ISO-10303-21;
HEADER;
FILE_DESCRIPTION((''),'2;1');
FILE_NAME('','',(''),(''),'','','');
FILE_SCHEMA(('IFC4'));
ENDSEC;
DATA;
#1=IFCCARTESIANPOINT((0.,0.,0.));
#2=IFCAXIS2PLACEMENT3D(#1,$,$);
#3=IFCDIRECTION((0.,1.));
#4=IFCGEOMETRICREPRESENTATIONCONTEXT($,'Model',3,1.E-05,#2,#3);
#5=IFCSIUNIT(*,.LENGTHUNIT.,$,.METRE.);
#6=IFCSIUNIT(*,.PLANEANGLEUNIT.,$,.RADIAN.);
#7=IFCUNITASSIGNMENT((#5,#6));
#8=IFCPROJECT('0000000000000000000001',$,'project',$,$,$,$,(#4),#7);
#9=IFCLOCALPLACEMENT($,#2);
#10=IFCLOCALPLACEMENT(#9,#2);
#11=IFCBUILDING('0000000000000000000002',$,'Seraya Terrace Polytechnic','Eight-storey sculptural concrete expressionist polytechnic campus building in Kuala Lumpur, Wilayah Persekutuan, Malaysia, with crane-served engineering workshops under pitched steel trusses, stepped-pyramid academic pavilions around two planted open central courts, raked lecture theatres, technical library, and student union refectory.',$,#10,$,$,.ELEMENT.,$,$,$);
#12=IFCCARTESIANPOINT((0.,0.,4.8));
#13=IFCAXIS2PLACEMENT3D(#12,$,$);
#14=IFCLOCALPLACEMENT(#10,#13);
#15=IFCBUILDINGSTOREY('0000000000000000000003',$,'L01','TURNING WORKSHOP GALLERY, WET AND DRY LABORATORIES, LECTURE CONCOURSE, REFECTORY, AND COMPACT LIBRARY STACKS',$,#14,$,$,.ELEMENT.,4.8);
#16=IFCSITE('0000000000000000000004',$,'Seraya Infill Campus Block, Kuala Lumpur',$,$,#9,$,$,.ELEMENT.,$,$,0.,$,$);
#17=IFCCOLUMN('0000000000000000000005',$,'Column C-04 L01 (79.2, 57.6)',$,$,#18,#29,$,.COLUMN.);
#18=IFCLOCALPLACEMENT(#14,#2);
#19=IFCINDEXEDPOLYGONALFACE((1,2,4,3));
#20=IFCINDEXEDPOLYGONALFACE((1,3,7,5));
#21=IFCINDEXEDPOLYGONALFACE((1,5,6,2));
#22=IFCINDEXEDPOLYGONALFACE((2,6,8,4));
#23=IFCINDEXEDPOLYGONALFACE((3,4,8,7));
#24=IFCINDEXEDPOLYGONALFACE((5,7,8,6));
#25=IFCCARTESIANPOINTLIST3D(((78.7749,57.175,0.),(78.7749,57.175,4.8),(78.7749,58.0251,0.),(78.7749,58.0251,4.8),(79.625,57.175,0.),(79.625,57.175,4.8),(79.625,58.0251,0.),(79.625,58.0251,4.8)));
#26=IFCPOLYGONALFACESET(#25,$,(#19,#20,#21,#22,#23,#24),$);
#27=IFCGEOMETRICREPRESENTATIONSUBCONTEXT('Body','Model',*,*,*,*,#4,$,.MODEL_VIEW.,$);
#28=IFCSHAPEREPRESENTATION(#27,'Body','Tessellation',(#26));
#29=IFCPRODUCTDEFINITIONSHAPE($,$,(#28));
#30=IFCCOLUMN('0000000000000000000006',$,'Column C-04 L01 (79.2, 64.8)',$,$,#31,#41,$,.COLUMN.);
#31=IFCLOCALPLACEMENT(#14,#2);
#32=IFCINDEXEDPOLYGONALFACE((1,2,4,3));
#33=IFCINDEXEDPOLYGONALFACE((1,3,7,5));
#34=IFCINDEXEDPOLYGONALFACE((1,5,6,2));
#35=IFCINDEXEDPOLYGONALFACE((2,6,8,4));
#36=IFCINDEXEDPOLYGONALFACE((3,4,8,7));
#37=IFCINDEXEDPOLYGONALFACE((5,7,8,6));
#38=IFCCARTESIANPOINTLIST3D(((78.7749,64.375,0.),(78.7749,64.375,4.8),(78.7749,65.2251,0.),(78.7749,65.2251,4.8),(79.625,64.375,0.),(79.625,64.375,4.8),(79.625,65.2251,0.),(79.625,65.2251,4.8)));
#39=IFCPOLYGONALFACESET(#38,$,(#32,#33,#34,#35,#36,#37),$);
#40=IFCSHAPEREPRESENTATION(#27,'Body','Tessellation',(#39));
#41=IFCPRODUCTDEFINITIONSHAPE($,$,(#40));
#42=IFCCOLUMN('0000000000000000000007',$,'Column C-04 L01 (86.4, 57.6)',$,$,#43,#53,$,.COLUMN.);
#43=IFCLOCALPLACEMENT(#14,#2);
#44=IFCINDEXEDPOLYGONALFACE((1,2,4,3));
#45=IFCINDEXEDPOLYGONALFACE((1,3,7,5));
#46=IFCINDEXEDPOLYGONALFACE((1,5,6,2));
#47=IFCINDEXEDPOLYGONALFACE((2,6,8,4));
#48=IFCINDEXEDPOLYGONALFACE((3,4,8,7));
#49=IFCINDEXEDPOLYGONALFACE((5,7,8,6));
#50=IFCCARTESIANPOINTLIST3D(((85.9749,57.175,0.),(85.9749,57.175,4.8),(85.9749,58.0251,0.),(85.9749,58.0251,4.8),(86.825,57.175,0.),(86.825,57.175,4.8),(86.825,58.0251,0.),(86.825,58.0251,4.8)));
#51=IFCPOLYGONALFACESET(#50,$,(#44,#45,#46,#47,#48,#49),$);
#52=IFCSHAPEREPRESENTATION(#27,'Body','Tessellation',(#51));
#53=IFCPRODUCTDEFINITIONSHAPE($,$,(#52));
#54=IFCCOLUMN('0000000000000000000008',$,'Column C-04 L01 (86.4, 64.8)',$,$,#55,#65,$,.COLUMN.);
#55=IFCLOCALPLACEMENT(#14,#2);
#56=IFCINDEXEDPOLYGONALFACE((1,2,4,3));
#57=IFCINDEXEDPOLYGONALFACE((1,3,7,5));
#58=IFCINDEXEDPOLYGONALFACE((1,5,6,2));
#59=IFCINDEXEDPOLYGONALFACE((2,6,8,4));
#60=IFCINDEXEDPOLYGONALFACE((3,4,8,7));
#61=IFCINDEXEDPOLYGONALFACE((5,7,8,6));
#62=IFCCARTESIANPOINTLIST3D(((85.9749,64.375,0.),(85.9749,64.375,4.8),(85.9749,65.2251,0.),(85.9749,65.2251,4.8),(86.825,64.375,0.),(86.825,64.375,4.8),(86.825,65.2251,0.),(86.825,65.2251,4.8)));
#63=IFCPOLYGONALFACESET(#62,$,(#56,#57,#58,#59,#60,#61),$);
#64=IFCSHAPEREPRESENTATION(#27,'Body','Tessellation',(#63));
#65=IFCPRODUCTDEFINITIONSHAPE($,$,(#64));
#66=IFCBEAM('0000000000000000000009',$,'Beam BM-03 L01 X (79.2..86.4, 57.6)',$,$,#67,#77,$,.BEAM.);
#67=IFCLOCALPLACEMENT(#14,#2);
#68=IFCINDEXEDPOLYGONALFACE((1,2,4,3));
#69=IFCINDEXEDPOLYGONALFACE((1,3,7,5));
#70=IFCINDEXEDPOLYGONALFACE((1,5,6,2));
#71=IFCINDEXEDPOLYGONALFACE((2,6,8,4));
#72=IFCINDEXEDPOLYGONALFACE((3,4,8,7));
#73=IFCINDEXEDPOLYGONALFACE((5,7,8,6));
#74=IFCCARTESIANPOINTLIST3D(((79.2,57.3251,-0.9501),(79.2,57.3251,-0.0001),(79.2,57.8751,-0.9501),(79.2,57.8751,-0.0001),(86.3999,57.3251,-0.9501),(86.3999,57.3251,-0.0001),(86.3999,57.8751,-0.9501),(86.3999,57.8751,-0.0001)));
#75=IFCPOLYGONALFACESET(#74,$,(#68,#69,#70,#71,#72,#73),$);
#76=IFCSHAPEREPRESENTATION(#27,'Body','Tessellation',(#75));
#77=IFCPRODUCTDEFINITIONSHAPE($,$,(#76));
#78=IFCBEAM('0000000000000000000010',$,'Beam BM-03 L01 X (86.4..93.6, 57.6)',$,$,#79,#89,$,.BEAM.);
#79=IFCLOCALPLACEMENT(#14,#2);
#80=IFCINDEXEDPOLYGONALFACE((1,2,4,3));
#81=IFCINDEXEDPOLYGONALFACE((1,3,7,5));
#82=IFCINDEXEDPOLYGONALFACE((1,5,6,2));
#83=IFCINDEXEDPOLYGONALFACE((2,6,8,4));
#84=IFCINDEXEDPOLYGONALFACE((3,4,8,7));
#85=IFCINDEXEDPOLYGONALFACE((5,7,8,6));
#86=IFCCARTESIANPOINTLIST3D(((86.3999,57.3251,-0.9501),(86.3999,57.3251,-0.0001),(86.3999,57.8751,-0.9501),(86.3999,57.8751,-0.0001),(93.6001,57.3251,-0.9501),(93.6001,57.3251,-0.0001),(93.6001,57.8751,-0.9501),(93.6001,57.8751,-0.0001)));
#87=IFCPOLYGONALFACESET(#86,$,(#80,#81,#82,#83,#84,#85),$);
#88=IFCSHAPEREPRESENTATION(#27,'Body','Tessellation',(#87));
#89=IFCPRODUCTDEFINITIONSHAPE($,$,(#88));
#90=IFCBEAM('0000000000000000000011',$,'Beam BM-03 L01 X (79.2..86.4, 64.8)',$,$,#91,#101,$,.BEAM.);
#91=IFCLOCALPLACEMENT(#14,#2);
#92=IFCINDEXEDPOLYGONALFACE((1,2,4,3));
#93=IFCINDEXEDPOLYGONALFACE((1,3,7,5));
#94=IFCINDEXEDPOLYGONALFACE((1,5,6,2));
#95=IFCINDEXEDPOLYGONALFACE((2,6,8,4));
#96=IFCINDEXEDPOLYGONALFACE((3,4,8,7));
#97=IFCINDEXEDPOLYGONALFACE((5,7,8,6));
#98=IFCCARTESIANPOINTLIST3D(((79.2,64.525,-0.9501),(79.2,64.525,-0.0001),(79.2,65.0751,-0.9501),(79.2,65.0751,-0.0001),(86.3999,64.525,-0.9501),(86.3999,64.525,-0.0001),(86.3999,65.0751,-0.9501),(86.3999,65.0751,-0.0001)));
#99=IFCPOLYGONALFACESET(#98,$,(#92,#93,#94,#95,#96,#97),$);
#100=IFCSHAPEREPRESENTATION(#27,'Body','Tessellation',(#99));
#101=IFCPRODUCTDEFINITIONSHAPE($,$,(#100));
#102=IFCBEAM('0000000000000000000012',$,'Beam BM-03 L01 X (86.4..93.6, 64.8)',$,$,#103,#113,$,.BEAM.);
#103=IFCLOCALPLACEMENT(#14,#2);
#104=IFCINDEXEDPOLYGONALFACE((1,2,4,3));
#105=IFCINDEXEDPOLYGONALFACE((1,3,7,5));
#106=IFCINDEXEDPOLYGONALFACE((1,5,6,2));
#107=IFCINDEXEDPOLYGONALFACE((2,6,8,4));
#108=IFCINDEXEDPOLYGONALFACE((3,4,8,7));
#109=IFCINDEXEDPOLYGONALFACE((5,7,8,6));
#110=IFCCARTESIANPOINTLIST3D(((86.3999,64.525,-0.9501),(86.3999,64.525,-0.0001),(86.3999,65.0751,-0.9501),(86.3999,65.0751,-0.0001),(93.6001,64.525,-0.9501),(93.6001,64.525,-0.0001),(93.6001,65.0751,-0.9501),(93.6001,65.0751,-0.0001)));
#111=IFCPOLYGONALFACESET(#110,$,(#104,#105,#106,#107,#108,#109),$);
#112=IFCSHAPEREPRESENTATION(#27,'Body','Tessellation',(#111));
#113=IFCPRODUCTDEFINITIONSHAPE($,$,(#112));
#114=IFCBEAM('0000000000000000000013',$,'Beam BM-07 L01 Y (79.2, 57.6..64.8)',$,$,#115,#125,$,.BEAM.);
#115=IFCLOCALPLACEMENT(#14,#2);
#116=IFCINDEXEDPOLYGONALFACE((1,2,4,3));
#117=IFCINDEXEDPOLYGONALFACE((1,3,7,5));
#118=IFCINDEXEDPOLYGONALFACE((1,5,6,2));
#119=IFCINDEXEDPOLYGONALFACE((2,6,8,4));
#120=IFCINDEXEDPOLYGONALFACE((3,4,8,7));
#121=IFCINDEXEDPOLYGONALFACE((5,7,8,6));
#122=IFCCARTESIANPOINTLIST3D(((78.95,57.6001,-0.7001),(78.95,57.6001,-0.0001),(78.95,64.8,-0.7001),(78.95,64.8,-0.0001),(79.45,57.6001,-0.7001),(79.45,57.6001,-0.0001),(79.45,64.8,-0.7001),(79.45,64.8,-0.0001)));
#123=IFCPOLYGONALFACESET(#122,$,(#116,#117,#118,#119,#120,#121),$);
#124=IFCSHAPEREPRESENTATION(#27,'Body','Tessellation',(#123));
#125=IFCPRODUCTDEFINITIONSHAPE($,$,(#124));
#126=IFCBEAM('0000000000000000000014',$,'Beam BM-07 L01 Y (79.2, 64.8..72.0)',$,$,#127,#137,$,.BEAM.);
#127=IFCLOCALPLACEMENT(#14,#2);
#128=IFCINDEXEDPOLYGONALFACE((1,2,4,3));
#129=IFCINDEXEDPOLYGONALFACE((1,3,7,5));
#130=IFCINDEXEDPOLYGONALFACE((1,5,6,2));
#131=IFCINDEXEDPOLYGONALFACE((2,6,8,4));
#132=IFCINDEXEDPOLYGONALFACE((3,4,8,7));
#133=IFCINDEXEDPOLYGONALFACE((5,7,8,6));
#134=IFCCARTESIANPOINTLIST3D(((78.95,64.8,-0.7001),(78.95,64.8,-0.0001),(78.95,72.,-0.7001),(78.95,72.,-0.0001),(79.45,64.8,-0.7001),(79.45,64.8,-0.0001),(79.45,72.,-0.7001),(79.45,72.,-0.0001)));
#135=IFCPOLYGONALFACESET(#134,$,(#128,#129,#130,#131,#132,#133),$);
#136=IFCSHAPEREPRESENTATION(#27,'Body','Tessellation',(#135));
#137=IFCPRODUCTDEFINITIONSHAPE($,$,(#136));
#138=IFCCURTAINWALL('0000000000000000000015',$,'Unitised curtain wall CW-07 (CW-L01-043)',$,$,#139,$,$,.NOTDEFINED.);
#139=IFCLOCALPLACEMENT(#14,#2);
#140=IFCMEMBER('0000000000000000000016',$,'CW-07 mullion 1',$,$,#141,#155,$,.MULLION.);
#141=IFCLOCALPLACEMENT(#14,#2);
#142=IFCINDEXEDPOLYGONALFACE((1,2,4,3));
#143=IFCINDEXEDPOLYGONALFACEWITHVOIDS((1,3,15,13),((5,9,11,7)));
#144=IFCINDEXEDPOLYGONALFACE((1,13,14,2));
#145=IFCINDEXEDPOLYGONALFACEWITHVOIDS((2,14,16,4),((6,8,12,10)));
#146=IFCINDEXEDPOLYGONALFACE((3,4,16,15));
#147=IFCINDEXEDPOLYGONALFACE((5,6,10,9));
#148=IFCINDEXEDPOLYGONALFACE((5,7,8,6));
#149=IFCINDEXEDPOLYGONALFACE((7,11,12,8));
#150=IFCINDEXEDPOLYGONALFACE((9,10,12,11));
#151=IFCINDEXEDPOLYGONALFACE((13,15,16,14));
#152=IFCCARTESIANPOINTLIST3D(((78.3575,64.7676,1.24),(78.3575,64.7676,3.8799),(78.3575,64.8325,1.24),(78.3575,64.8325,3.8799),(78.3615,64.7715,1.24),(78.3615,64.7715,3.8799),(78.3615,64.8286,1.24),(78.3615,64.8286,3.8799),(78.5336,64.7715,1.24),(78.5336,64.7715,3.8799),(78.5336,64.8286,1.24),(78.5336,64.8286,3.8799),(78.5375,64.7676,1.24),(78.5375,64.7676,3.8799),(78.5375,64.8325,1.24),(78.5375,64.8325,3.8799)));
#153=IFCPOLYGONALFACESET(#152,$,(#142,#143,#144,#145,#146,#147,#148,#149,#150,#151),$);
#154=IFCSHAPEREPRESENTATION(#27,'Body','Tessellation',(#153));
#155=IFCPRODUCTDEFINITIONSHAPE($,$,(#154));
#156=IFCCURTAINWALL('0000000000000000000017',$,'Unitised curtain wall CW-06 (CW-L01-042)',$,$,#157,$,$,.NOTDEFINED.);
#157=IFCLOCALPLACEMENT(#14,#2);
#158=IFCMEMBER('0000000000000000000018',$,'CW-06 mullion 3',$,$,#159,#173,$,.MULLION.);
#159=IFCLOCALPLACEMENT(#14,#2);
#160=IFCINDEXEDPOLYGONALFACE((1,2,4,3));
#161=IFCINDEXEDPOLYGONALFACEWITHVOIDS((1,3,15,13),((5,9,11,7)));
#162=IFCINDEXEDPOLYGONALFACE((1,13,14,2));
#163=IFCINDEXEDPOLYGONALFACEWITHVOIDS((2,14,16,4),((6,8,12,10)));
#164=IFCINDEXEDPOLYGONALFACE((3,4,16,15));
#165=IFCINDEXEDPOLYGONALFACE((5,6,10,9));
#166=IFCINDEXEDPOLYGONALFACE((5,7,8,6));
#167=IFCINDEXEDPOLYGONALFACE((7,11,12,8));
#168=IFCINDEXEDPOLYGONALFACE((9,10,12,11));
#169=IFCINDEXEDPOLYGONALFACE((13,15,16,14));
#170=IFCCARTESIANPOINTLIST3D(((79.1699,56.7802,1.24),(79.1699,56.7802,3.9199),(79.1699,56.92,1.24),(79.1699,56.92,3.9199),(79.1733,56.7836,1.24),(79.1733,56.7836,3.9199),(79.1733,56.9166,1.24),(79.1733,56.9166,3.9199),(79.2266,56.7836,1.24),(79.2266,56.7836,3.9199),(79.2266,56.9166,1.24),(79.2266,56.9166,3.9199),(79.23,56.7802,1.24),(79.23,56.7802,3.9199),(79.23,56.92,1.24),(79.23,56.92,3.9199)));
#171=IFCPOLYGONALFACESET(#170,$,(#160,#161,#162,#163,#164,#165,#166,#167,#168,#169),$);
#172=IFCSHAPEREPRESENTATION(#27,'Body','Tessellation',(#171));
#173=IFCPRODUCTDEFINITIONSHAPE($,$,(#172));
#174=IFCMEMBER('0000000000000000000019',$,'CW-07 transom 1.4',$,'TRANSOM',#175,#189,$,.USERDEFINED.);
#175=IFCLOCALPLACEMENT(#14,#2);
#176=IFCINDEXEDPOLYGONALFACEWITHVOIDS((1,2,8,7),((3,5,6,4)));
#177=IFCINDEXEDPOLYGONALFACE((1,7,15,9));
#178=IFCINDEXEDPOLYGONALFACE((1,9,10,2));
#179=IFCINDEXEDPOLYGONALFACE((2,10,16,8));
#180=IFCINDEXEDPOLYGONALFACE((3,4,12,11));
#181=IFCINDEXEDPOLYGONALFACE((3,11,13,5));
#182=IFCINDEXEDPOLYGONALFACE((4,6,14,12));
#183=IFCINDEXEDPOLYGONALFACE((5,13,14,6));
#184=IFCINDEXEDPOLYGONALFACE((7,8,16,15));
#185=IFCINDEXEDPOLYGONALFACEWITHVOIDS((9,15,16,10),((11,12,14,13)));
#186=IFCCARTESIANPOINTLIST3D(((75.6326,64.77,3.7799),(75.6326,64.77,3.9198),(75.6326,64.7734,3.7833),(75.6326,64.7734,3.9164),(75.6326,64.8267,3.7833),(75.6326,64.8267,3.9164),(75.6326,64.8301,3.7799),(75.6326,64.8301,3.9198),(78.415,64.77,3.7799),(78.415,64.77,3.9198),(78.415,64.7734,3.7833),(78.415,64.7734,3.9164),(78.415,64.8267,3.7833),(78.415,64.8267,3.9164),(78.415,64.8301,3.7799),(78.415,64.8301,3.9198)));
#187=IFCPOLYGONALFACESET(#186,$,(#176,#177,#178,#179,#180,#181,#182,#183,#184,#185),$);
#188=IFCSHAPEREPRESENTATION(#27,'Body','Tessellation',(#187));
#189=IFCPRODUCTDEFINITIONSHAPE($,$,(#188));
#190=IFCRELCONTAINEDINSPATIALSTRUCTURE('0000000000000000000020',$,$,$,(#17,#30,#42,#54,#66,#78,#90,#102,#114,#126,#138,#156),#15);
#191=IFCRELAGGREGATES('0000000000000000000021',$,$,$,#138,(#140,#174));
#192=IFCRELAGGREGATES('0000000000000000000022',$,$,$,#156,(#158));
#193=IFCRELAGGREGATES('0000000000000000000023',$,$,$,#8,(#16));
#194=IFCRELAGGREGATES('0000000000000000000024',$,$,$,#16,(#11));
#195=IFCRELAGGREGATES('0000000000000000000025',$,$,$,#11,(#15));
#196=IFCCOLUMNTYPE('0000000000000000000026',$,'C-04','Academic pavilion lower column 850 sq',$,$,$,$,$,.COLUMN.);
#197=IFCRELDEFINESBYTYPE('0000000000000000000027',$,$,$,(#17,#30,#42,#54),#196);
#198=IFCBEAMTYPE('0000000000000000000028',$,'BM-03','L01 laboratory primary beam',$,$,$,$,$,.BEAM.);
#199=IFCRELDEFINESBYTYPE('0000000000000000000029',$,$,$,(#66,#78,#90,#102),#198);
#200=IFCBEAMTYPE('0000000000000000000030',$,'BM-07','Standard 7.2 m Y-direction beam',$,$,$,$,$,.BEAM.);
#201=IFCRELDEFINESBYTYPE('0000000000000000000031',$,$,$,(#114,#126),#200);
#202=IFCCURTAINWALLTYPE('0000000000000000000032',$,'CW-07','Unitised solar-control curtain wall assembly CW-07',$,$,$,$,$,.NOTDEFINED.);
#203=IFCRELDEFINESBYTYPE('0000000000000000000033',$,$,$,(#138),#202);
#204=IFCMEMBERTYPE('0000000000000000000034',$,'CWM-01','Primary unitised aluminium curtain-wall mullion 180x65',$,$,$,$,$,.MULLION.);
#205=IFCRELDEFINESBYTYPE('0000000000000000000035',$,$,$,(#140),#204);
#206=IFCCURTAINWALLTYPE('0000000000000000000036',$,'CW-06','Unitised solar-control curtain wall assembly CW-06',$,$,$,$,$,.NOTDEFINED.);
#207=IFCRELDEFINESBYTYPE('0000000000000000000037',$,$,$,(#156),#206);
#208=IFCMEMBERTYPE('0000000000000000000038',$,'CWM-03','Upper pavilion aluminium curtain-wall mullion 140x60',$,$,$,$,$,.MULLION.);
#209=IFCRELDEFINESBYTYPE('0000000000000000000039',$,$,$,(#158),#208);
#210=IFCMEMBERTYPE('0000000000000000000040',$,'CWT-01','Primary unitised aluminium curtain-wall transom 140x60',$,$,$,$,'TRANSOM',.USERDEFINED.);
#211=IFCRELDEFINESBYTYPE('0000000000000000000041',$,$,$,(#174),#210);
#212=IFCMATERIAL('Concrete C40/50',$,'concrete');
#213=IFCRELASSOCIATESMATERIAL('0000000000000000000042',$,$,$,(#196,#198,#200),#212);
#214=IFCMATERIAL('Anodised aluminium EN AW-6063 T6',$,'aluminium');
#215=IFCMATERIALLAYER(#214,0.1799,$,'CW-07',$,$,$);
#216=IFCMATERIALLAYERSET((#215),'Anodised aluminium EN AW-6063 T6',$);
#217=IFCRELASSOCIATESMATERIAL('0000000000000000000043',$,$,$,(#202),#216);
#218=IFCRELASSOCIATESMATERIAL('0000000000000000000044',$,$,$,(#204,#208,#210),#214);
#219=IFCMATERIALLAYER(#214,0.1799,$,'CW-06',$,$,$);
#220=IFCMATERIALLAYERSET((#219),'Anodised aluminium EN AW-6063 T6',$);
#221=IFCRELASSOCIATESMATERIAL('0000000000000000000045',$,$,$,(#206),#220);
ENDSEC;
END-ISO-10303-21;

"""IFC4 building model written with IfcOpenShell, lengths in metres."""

from ifc_helpers import new_model, si_unit, direction, frame, origin, origin_2d, place, context, subcontext, project, spatial, rectangle, hollow_rectangle, extrude, material, layer, layer_set, material_profile, profile_set, type_object, element, aggregate, save


model = new_model("IFC4")

# Units and contexts
model_context = context("Model", 3, precision=1e-05, world=origin(), true_north=direction((0.0, 1.0)))
body_context = subcontext(model_context, "Body", "Model", "MODEL_VIEW")
ifc_project = project(units=[si_unit("LENGTHUNIT", "METRE"), si_unit("PLANEANGLEUNIT", "RADIAN")], contexts=[model_context])

# Site, building, storey
site_placement = place(None, origin())
site = spatial("IfcSite", under=ifc_project, at=site_placement, Name="Seraya Infill Campus Block, Kuala Lumpur", CompositionType="ELEMENT", RefElevation=0.0)
building_placement = place(site_placement, origin())
building = spatial("IfcBuilding", under=site, at=building_placement, Name="Seraya Terrace Polytechnic", Description="Eight-storey sculptural concrete expressionist polytechnic campus building in Kuala Lumpur, Wilayah Persekutuan, Malaysia, with crane-served engineering workshops under pitched steel trusses, stepped-pyramid academic pavilions around two planted open central courts, raked lecture theatres, technical library, and student union refectory.", CompositionType="ELEMENT")
storey_placement = place(building_placement, frame((0.0, 0.0, 4.8)))
storey = spatial("IfcBuildingStorey", under=building, at=storey_placement, Name="L01", Description="TURNING WORKSHOP GALLERY, WET AND DRY LABORATORIES, LECTURE CONCOURSE, REFECTORY, AND COMPACT LIBRARY STACKS", CompositionType="ELEMENT", Elevation=4.8)

# Columns
ifc_material_1 = material(Name="Concrete C40/50", Category="concrete")
ifc_material_profile_1 = material_profile(ifc_material_1, rectangle(XDim=0.8501, YDim=0.8501, at=origin_2d()), Name="RC 850x850")
ifc_profile_set_1 = profile_set([ifc_material_profile_1], Name="Concrete C40/50")
column_type = type_object("IfcColumnType", Name="C-04", Description="Academic pavilion lower column 850 sq", PredefinedType="COLUMN", material=ifc_profile_set_1)
for number, where, z_axis, x_axis, name in (
    (1, (79.2, 57.6001, 0.0), (0.0, 0.0, 1.0), (1.0, 0.0, 0.0), "Column C-04 L01 (79.2, 57.6)"),
    (2, (79.2, 64.8, 0.0), (0.0, 0.0, 1.0), (1.0, 0.0, 0.0), "Column C-04 L01 (79.2, 64.8)"),
    (3, (86.3999, 57.6001, 0.0), (0.0, 0.0, 1.0), (1.0, 0.0, 0.0), "Column C-04 L01 (86.4, 57.6)"),
    (4, (86.3999, 64.8, 0.0), (0.0, 0.0, 1.0), (1.0, 0.0, 0.0), "Column C-04 L01 (86.4, 64.8)"),
):
    element("IfcColumn", number, at=place(storey_placement, frame(where, z_axis=z_axis, x_axis=x_axis)), inside=storey, type_object=column_type, Name=name, PredefinedType="COLUMN", context=body_context, shape_type="SweptSolid", body=[
        extrude(rectangle(XDim=0.8501, YDim=0.8501, at=origin_2d()), origin(), (0.0, 0.0, 1.0), 4.8),
    ])

# Beams
ifc_material_profile_2 = material_profile(ifc_material_1, rectangle(XDim=0.55, YDim=0.95, at=origin_2d()), Name="RC 550x950")
ifc_profile_set_2 = profile_set([ifc_material_profile_2], Name="Concrete C40/50")
beam_type_1 = type_object("IfcBeamType", Name="BM-03", Description="L01 laboratory primary beam", PredefinedType="BEAM", material=ifc_profile_set_2)
beam_1_placement = place(storey_placement, frame((79.2, 57.6001, -0.4751), z_axis=(1.0, 0.0, 0.0), x_axis=(0.0, 1.0, 0.0)))
element("IfcBeam", 5, at=beam_1_placement, inside=storey, type_object=beam_type_1, Name="Beam BM-03 L01 X (79.2..86.4, 57.6)", PredefinedType="BEAM", context=body_context, shape_type="SweptSolid", body=[
    extrude(rectangle(XDim=0.55, YDim=0.95, at=origin_2d()), origin(), (0.0, 0.0, 1.0), 7.2),
])
beam_2_placement = place(storey_placement, frame((86.3999, 57.6001, -0.4751), z_axis=(1.0, 0.0, 0.0), x_axis=(0.0, 1.0, 0.0)))
element("IfcBeam", 6, at=beam_2_placement, inside=storey, type_object=beam_type_1, Name="Beam BM-03 L01 X (86.4..93.6, 57.6)", PredefinedType="BEAM", context=body_context, shape_type="SweptSolid", body=[
    extrude(rectangle(XDim=0.55, YDim=0.95, at=origin_2d()), origin(), (0.0, 0.0, 1.0), 7.2002),
])
beam_3_placement = place(storey_placement, frame((79.2, 64.8, -0.4751), z_axis=(1.0, 0.0, 0.0), x_axis=(0.0, 1.0, 0.0)))
element("IfcBeam", 7, at=beam_3_placement, inside=storey, type_object=beam_type_1, Name="Beam BM-03 L01 X (79.2..86.4, 64.8)", PredefinedType="BEAM", context=body_context, shape_type="SweptSolid", body=[
    extrude(rectangle(XDim=0.55, YDim=0.95, at=origin_2d()), origin(), (0.0, 0.0, 1.0), 7.2),
])
beam_4_placement = place(storey_placement, frame((86.3999, 64.8, -0.4751), z_axis=(1.0, 0.0, 0.0), x_axis=(0.0, 1.0, 0.0)))
element("IfcBeam", 8, at=beam_4_placement, inside=storey, type_object=beam_type_1, Name="Beam BM-03 L01 X (86.4..93.6, 64.8)", PredefinedType="BEAM", context=body_context, shape_type="SweptSolid", body=[
    extrude(rectangle(XDim=0.55, YDim=0.95, at=origin_2d()), origin(), (0.0, 0.0, 1.0), 7.2002),
])
ifc_material_profile_3 = material_profile(ifc_material_1, rectangle(XDim=0.5, YDim=0.7, at=origin_2d()), Name="RC 500x700")
ifc_profile_set_3 = profile_set([ifc_material_profile_3], Name="Concrete C40/50")
beam_type_2 = type_object("IfcBeamType", Name="BM-07", Description="Standard 7.2 m Y-direction beam", PredefinedType="BEAM", material=ifc_profile_set_3)
for number, where, z_axis, x_axis, name in (
    (9, (79.2, 57.6001, -0.3501), (0.0, 1.0, 0.0), (-1.0, 0.0, 0.0), "Beam BM-07 L01 Y (79.2, 57.6..64.8)"),
    (10, (79.2, 64.8, -0.3501), (0.0, 1.0, 0.0), (-1.0, 0.0, 0.0), "Beam BM-07 L01 Y (79.2, 64.8..72.0)"),
):
    element("IfcBeam", number, at=place(storey_placement, frame(where, z_axis=z_axis, x_axis=x_axis)), inside=storey, type_object=beam_type_2, Name=name, PredefinedType="BEAM", context=body_context, shape_type="SweptSolid", body=[
        extrude(rectangle(XDim=0.5, YDim=0.7, at=origin_2d()), origin(), (0.0, 0.0, 1.0), 7.2),
    ])

# Curtain walls, members
ifc_material_2 = material(Name="Anodised aluminium EN AW-6063 T6", Category="aluminium")
ifc_layer_1 = layer(ifc_material_2, 0.1799, Name="CW-07")
ifc_layer_set_1 = layer_set([ifc_layer_1], Name="Anodised aluminium EN AW-6063 T6")
curtain_wall_type_1 = type_object("IfcCurtainWallType", Name="CW-07", Description="Unitised solar-control curtain wall assembly CW-07", PredefinedType="NOTDEFINED", material=ifc_layer_set_1)
curtain_wall_1_placement = place(storey_placement, origin())
curtain_wall_1 = element("IfcCurtainWall", 11, at=curtain_wall_1_placement, inside=storey, type_object=curtain_wall_type_1, Name="Unitised curtain wall CW-07 (CW-L01-043)", PredefinedType="NOTDEFINED")
ifc_material_profile_4 = material_profile(ifc_material_2, hollow_rectangle(XDim=0.0649, YDim=0.1799, WallThickness=0.0039, at=origin_2d()), Name="RHS 180x65x4.0")
ifc_profile_set_4 = profile_set([ifc_material_profile_4], Name="Anodised aluminium EN AW-6063 T6")
member_type_1 = type_object("IfcMemberType", Name="CWM-01", Description="Primary unitised aluminium curtain-wall mullion 180x65", PredefinedType="MULLION", material=ifc_profile_set_4)
member_1_placement = place(storey_placement, frame((78.4475, 64.8, 1.24), z_axis=(0.0, 0.0, 1.0), x_axis=(0.0, -1.0, 0.0)))
member_1 = element("IfcMember", 12, at=member_1_placement, type_object=member_type_1, Name="CW-07 mullion 1", PredefinedType="MULLION", context=body_context, shape_type="SweptSolid", body=[
    extrude(hollow_rectangle(XDim=0.0649, YDim=0.1799, WallThickness=0.0039, at=origin_2d()), origin(), (0.0, 0.0, 1.0), 2.6399),
])
ifc_layer_2 = layer(ifc_material_2, 0.1799, Name="CW-06")
ifc_layer_set_2 = layer_set([ifc_layer_2], Name="Anodised aluminium EN AW-6063 T6")
curtain_wall_type_2 = type_object("IfcCurtainWallType", Name="CW-06", Description="Unitised solar-control curtain wall assembly CW-06", PredefinedType="NOTDEFINED", material=ifc_layer_set_2)
curtain_wall_2_placement = place(storey_placement, origin())
curtain_wall_2 = element("IfcCurtainWall", 13, at=curtain_wall_2_placement, inside=storey, type_object=curtain_wall_type_2, Name="Unitised curtain wall CW-06 (CW-L01-042)", PredefinedType="NOTDEFINED")
ifc_material_profile_5 = material_profile(ifc_material_2, hollow_rectangle(XDim=0.0601, YDim=0.1399, WallThickness=0.0034, at=origin_2d()), Name="RHS 140x60x3.5")
ifc_profile_set_5 = profile_set([ifc_material_profile_5], Name="Anodised aluminium EN AW-6063 T6")
member_type_2 = type_object("IfcMemberType", Name="CWM-03", Description="Upper pavilion aluminium curtain-wall mullion 140x60", PredefinedType="MULLION", material=ifc_profile_set_5)
member_2_placement = place(storey_placement, frame((79.2, 56.8501, 1.24), z_axis=(0.0, 0.0, 1.0), x_axis=(-1.0, 0.0, 0.0)))
member_2 = element("IfcMember", 14, at=member_2_placement, type_object=member_type_2, Name="CW-06 mullion 3", PredefinedType="MULLION", context=body_context, shape_type="SweptSolid", body=[
    extrude(hollow_rectangle(XDim=0.0601, YDim=0.1399, WallThickness=0.0034, at=origin_2d()), origin(), (0.0, 0.0, 1.0), 2.6799),
])

# Member
ifc_material_profile_6 = material_profile(ifc_material_2, hollow_rectangle(XDim=0.0601, YDim=0.1399, WallThickness=0.0034, at=origin_2d()), Name="RHS 140x60x3.5")
ifc_profile_set_6 = profile_set([ifc_material_profile_6], Name="Anodised aluminium EN AW-6063 T6")
member_type_3 = type_object("IfcMemberType", Name="CWT-01", Description="Primary unitised aluminium curtain-wall transom 140x60", ElementType="TRANSOM", PredefinedType="USERDEFINED", material=ifc_profile_set_6)
member_3_placement = place(storey_placement, frame((78.415, 64.8, 3.8499), z_axis=(-1.0, 0.0, 0.0), x_axis=(0.0, -1.0, 0.0)))
member_3 = element("IfcMember", 15, at=member_3_placement, type_object=member_type_3, Name="CW-07 transom 1.4", ObjectType="TRANSOM", PredefinedType="USERDEFINED", context=body_context, shape_type="SweptSolid", body=[
    extrude(hollow_rectangle(XDim=0.0601, YDim=0.1399, WallThickness=0.0034, at=origin_2d()), origin(), (0.0, 0.0, 1.0), 2.7825),
])
aggregate(curtain_wall_1, [member_1, member_3])

aggregate(curtain_wall_2, [member_2])

save(model, "model.ifc")
